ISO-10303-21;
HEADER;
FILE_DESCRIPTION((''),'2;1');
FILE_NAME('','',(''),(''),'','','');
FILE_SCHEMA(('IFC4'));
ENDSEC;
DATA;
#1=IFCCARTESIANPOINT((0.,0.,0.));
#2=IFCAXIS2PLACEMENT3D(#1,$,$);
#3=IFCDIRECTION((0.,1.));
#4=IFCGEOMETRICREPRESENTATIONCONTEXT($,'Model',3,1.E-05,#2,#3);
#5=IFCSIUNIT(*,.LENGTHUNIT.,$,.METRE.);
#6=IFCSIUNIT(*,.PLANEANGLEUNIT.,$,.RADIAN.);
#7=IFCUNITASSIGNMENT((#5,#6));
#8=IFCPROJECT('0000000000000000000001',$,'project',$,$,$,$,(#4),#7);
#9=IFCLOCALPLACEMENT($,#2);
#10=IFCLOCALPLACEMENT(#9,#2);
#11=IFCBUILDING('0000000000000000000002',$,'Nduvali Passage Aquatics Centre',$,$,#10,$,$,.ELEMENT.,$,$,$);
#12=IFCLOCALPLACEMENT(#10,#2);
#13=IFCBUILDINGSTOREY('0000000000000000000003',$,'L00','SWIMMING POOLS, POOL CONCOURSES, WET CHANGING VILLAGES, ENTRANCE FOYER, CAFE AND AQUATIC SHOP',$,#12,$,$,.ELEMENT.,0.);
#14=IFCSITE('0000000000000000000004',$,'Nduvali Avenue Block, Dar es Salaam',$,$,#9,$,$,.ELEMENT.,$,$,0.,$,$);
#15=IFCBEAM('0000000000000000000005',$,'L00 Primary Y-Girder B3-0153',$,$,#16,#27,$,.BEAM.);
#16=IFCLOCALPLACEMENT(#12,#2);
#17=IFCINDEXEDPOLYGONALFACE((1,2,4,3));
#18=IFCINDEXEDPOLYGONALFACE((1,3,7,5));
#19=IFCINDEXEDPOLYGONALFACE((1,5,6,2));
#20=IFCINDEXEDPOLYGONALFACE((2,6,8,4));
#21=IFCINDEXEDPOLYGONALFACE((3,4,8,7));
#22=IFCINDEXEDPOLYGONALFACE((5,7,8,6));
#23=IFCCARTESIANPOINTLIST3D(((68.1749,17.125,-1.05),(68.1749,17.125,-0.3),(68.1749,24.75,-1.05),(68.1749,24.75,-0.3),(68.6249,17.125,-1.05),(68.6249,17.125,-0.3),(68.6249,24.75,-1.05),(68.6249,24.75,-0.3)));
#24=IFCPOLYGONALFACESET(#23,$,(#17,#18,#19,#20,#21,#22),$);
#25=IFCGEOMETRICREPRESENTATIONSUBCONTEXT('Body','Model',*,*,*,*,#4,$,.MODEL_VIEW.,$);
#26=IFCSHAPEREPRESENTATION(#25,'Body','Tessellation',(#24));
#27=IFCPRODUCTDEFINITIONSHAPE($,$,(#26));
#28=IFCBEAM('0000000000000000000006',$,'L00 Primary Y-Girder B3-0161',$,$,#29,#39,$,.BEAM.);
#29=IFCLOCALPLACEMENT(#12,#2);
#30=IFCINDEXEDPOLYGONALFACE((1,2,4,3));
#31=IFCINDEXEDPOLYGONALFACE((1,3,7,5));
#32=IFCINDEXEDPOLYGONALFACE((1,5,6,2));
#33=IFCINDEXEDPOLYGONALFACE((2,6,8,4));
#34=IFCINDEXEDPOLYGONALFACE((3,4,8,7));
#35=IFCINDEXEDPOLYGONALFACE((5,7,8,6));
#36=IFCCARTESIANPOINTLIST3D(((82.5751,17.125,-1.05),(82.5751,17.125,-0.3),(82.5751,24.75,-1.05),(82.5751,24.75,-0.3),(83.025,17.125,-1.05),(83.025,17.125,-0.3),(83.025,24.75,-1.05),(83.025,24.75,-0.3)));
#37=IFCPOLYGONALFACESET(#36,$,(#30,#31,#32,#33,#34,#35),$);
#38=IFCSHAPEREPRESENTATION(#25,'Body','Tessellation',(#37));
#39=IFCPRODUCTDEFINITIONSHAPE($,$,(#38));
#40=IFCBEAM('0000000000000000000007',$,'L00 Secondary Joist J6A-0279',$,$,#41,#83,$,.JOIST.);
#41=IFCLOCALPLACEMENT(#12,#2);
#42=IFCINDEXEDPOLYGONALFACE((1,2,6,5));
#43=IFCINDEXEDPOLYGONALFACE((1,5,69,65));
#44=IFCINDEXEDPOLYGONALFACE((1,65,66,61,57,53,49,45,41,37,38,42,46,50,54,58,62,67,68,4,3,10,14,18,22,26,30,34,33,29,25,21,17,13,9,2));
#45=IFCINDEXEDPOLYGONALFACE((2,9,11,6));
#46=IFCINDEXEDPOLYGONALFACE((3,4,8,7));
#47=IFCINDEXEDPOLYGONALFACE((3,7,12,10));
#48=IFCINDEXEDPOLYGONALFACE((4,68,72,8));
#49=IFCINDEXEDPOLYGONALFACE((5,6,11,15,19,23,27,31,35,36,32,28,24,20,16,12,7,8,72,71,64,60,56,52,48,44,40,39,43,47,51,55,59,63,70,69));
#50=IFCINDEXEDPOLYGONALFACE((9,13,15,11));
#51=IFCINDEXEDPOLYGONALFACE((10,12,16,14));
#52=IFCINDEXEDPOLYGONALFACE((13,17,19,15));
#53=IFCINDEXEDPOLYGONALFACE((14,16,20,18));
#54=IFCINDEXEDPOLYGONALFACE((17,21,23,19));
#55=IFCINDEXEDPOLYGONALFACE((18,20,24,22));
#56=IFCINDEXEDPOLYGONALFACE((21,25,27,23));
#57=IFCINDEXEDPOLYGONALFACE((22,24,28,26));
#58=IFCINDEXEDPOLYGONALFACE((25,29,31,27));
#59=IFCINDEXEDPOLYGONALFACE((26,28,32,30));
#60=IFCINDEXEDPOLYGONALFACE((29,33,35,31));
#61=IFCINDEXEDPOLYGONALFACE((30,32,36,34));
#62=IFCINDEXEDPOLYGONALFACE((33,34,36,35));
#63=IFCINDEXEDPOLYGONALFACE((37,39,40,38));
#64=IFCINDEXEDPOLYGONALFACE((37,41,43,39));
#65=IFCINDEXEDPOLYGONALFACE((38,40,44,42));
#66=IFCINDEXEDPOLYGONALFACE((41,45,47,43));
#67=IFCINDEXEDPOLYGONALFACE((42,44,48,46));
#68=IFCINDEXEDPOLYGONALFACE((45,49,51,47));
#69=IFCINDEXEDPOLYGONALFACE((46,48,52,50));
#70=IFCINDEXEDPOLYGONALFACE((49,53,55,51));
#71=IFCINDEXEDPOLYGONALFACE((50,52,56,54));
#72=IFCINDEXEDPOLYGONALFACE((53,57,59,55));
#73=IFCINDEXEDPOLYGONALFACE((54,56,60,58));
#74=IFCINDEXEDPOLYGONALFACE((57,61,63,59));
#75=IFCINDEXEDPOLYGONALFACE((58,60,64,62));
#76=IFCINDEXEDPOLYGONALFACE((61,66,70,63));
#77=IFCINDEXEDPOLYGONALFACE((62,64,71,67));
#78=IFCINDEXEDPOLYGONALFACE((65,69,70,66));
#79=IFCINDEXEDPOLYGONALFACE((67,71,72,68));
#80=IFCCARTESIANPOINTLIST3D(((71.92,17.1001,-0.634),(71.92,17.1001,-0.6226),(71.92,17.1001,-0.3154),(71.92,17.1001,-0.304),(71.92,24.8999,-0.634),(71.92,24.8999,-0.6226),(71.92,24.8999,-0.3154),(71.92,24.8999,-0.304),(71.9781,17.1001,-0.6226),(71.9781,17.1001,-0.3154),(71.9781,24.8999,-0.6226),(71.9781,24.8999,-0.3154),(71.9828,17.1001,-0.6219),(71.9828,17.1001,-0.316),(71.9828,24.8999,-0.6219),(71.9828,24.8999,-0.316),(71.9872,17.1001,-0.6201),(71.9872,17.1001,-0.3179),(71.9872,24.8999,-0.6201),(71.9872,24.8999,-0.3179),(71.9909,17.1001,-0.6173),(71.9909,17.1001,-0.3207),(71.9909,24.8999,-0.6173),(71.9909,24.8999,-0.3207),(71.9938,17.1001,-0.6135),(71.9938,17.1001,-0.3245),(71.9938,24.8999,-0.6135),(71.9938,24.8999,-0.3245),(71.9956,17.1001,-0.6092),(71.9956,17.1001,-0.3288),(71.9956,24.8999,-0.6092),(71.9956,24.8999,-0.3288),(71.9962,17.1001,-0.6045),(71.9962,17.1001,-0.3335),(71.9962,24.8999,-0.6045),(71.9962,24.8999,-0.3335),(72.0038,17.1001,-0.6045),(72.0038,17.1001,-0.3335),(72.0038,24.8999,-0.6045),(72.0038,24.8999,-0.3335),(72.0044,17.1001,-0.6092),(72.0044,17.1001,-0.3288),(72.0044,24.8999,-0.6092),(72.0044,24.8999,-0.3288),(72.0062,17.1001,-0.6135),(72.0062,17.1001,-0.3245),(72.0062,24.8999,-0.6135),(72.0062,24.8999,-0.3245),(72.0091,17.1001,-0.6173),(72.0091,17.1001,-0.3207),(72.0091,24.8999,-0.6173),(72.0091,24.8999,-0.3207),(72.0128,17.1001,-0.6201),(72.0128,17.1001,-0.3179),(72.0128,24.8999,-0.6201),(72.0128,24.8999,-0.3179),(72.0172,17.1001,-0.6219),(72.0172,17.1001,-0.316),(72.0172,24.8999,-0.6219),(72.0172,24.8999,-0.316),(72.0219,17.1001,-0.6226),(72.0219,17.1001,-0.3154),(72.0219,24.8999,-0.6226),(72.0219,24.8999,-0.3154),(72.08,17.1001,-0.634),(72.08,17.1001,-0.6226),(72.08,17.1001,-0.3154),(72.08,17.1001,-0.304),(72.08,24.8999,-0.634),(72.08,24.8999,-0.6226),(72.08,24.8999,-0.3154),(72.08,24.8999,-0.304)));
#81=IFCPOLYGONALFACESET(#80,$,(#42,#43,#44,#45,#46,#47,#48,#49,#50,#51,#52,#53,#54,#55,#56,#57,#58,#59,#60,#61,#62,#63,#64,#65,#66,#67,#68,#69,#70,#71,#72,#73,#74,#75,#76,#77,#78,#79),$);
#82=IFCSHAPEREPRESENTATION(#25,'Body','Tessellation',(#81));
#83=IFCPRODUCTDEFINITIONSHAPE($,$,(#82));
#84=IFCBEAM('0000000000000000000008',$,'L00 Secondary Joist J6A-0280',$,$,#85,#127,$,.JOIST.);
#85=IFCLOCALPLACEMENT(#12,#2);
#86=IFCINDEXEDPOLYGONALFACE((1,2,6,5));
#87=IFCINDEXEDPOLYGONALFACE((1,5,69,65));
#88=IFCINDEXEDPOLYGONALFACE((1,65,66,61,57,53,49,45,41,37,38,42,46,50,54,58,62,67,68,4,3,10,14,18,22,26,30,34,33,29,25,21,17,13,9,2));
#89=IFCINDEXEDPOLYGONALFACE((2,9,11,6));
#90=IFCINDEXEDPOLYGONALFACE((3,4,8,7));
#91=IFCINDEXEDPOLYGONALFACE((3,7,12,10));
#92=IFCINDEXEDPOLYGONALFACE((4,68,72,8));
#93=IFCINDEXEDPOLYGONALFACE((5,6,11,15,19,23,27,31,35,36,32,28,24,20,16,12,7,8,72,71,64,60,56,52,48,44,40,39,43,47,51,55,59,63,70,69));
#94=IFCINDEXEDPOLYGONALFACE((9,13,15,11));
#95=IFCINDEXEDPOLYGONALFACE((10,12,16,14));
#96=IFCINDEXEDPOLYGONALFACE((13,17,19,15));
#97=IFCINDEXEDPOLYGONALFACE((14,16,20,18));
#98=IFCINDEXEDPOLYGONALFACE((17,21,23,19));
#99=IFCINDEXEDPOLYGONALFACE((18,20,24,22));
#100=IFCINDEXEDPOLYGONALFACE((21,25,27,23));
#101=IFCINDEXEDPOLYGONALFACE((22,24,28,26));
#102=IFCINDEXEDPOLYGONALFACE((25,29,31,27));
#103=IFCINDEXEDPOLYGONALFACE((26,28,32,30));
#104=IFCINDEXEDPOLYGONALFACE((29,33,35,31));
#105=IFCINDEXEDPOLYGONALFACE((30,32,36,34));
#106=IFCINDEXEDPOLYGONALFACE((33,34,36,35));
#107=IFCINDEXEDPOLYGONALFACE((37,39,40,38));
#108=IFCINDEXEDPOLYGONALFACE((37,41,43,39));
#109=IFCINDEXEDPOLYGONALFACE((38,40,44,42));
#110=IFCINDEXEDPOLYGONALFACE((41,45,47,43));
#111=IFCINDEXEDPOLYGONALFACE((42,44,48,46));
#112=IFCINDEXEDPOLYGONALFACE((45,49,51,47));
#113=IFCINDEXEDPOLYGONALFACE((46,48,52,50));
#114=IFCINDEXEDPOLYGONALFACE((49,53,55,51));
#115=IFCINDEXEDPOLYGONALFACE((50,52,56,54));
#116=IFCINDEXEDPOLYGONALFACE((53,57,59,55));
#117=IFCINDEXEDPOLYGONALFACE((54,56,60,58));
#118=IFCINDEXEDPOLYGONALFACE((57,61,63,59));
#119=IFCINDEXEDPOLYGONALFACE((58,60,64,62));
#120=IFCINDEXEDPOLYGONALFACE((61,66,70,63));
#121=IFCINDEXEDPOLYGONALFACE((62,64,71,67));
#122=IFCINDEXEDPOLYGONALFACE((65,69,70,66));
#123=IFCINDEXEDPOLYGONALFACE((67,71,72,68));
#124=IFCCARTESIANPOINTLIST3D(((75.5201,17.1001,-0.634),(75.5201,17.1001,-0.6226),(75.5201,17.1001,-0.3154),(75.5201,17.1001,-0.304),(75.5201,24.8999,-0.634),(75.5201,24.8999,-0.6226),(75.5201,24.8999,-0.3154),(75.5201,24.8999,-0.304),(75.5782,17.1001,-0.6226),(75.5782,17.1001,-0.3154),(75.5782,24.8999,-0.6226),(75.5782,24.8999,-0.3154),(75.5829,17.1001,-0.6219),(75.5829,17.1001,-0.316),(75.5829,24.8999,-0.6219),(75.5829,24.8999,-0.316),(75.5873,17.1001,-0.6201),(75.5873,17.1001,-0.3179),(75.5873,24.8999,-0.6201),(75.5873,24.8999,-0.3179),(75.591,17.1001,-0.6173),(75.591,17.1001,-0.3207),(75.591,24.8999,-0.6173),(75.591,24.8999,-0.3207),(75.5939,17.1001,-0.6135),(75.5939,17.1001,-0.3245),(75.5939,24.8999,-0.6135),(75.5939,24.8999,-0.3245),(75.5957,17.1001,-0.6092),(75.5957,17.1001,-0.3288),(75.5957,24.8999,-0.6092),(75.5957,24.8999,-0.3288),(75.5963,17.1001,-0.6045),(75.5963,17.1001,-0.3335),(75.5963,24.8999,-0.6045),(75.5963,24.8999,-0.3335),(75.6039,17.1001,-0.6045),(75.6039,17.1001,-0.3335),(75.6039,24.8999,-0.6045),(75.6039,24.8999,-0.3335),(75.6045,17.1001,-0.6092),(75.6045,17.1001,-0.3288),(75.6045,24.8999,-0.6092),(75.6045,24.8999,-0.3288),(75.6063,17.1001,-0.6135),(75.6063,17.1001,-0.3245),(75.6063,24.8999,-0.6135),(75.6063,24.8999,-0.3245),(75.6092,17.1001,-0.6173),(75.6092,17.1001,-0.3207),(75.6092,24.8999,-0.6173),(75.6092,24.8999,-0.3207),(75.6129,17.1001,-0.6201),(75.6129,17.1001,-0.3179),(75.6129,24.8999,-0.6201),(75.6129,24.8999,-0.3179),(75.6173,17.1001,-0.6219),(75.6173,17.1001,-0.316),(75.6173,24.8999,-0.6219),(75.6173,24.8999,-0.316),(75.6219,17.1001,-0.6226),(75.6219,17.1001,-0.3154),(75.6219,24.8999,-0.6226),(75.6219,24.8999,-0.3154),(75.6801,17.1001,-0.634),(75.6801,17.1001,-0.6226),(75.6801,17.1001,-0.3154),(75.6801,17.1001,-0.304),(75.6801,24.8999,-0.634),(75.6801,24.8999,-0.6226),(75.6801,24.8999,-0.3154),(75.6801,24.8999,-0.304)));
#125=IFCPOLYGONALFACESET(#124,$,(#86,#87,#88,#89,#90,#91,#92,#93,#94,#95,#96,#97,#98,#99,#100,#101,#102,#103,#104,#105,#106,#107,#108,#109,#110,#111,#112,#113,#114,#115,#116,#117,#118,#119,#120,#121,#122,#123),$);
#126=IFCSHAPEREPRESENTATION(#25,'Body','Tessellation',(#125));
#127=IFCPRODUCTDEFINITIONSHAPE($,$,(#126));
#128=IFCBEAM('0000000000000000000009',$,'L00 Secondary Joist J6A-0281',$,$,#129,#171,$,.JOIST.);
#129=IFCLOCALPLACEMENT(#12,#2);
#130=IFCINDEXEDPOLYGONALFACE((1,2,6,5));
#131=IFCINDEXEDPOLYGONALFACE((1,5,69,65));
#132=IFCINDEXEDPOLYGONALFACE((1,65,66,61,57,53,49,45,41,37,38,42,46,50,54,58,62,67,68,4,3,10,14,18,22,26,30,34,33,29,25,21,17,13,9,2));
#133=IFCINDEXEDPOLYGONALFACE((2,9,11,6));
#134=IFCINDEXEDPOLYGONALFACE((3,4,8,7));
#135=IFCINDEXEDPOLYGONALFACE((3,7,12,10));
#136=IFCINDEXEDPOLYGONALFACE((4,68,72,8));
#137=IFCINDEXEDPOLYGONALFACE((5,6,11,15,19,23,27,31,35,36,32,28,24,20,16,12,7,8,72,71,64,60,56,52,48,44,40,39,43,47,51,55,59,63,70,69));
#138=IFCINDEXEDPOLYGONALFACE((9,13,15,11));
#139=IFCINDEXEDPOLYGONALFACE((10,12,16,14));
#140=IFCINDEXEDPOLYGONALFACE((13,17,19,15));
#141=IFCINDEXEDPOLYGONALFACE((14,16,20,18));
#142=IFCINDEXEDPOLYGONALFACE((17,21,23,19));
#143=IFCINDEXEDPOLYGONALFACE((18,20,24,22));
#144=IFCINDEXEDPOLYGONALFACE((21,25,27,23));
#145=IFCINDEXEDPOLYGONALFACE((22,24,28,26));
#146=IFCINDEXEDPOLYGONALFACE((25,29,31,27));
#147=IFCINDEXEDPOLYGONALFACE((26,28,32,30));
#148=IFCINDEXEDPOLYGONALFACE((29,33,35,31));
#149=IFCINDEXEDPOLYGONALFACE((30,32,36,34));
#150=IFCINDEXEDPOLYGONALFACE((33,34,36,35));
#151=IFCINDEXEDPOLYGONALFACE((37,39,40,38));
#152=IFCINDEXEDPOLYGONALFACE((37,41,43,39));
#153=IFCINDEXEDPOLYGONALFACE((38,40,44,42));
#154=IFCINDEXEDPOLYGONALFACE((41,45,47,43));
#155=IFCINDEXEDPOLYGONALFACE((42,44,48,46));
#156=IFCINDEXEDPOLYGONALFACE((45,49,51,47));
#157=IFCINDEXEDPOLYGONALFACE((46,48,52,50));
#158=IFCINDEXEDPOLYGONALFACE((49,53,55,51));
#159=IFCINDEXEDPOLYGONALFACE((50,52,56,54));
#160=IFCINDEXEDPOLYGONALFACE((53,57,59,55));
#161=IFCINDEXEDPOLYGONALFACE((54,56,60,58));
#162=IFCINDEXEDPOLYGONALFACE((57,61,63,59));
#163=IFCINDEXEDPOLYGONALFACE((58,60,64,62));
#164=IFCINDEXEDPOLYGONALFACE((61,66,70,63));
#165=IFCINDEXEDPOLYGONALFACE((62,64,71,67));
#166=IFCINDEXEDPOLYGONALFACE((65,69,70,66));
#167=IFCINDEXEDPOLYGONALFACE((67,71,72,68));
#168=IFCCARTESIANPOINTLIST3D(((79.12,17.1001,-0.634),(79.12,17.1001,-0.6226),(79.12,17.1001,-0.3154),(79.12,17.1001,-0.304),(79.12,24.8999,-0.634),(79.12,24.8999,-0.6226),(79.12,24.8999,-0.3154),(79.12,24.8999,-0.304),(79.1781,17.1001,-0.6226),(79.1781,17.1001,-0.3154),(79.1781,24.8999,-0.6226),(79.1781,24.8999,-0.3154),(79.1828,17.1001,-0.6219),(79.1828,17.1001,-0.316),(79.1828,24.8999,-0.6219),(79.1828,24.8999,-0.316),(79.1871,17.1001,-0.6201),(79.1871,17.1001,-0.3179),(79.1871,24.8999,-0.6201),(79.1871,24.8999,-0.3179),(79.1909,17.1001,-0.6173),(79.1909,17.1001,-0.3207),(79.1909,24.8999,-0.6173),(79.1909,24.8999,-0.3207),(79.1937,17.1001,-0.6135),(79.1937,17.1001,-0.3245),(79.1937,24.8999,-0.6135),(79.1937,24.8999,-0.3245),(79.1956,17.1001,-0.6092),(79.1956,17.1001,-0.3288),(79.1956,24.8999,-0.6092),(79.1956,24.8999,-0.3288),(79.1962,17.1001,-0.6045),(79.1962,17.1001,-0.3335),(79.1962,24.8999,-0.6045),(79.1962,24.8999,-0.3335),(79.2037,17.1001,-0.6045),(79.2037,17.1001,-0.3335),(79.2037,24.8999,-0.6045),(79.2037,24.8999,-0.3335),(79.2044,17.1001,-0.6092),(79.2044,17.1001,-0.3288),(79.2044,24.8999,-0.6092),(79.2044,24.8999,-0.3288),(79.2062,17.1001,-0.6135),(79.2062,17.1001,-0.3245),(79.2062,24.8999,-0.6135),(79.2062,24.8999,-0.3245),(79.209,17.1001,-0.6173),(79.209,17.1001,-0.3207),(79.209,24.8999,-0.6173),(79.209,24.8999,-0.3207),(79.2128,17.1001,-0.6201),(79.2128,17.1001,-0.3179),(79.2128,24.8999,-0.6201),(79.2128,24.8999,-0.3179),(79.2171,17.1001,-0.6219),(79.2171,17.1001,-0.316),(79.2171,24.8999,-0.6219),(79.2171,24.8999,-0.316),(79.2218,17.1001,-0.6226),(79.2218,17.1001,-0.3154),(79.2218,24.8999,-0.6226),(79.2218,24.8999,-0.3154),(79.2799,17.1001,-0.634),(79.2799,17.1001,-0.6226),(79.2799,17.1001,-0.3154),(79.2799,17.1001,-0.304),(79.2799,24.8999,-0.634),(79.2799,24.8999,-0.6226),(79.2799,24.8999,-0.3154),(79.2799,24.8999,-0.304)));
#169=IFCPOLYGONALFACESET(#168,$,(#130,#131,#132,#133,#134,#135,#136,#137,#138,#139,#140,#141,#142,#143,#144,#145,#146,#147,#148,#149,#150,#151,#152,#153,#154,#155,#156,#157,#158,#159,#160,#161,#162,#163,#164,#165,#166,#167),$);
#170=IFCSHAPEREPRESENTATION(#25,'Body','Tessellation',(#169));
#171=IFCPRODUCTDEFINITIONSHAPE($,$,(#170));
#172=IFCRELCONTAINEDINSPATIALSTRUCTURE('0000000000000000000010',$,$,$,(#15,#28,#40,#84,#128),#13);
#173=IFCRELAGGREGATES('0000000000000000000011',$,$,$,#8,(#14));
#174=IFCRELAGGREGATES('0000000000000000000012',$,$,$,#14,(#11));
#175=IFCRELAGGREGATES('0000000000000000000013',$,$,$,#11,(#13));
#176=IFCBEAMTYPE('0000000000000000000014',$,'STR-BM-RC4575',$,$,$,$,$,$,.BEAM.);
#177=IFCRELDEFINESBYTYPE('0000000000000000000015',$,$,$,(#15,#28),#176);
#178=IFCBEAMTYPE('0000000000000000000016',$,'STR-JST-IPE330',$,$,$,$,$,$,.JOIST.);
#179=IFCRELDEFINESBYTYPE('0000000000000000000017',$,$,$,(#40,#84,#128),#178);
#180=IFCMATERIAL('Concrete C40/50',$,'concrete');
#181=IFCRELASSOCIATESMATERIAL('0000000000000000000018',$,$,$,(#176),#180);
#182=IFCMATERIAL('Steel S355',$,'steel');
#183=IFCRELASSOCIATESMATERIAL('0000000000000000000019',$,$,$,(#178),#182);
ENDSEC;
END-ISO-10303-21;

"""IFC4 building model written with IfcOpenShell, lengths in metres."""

from ifc_helpers import new_model, si_unit, direction, frame, origin, origin_2d, place, context, subcontext, project, spatial, rectangle, i_section, extrude, material, material_profile, profile_set, type_object, element, save


model = new_model("IFC4")

# Units and contexts
model_context = context("Model", 3, precision=1e-05, world=origin(), true_north=direction((0.0, 1.0)))
body_context = subcontext(model_context, "Body", "Model", "MODEL_VIEW")
ifc_project = project(units=[si_unit("LENGTHUNIT", "METRE"), si_unit("PLANEANGLEUNIT", "RADIAN")], contexts=[model_context])

# Site, building, storey
site_placement = place(None, origin())
site = spatial("IfcSite", under=ifc_project, at=site_placement, Name="Nduvali Avenue Block, Dar es Salaam", CompositionType="ELEMENT", RefElevation=0.0)
building_placement = place(site_placement, origin())
building = spatial("IfcBuilding", under=site, at=building_placement, Name="Nduvali Passage Aquatics Centre", CompositionType="ELEMENT")
storey_placement = place(building_placement, origin())
storey = spatial("IfcBuildingStorey", under=building, at=storey_placement, Name="L00", Description="SWIMMING POOLS, POOL CONCOURSES, WET CHANGING VILLAGES, ENTRANCE FOYER, CAFE AND AQUATIC SHOP", CompositionType="ELEMENT", Elevation=0.0)

# Beams
ifc_material_1 = material(Name="Concrete C40/50", Category="concrete")
ifc_material_profile_1 = material_profile(ifc_material_1, rectangle(XDim=0.45, YDim=0.75, at=origin_2d()), Name="RC 450x750")
ifc_profile_set_1 = profile_set([ifc_material_profile_1], Name="Concrete C40/50")
beam_type_1 = type_object("IfcBeamType", Name="STR-BM-RC4575", PredefinedType="BEAM", material=ifc_profile_set_1)
for number, where, z_axis, x_axis, name in (
    (1, (68.3999, 17.125, -0.675), (0.0, 1.0, 0.0), (-1.0, 0.0, 0.0), "L00 Primary Y-Girder B3-0153"),
    (2, (82.8, 17.125, -0.675), (0.0, 1.0, 0.0), (-1.0, 0.0, 0.0), "L00 Primary Y-Girder B3-0161"),
):
    element("IfcBeam", number, at=place(storey_placement, frame(where, z_axis=z_axis, x_axis=x_axis)), inside=storey, type_object=beam_type_1, Name=name, PredefinedType="BEAM", context=body_context, shape_type="SweptSolid", body=[
        extrude(rectangle(XDim=0.45, YDim=0.75, at=origin_2d()), origin(), (0.0, 0.0, 1.0), 7.625),
    ])
ifc_material_2 = material(Name="Steel S355", Category="steel")
ifc_material_profile_2 = material_profile(ifc_material_2, i_section(OverallWidth=0.1599, OverallDepth=0.3301, WebThickness=0.0076, FlangeThickness=0.0115, FilletRadius=0.0181, at=origin_2d()), Name="IPE 330")
ifc_profile_set_2 = profile_set([ifc_material_profile_2], Name="Steel S355")
beam_type_2 = type_object("IfcBeamType", Name="STR-JST-IPE330", PredefinedType="JOIST", material=ifc_profile_set_2)
for number, where, z_axis, x_axis, name in (
    (3, (72.0, 17.1001, -0.469), (0.0, 1.0, 0.0), (-1.0, 0.0, 0.0), "L00 Secondary Joist J6A-0279"),
    (4, (75.6001, 17.1001, -0.469), (0.0, 1.0, 0.0), (-1.0, 0.0, 0.0), "L00 Secondary Joist J6A-0280"),
    (5, (79.2, 17.1001, -0.469), (0.0, 1.0, 0.0), (-1.0, 0.0, 0.0), "L00 Secondary Joist J6A-0281"),
):
    element("IfcBeam", number, at=place(storey_placement, frame(where, z_axis=z_axis, x_axis=x_axis)), inside=storey, type_object=beam_type_2, Name=name, PredefinedType="JOIST", context=body_context, shape_type="SweptSolid", body=[
        extrude(i_section(OverallWidth=0.1599, OverallDepth=0.3301, WebThickness=0.0076, FlangeThickness=0.0115, FilletRadius=0.0181, at=origin_2d()), origin(), (0.0, 0.0, 1.0), 7.7998),
    ])

save(model, "model.ifc")
